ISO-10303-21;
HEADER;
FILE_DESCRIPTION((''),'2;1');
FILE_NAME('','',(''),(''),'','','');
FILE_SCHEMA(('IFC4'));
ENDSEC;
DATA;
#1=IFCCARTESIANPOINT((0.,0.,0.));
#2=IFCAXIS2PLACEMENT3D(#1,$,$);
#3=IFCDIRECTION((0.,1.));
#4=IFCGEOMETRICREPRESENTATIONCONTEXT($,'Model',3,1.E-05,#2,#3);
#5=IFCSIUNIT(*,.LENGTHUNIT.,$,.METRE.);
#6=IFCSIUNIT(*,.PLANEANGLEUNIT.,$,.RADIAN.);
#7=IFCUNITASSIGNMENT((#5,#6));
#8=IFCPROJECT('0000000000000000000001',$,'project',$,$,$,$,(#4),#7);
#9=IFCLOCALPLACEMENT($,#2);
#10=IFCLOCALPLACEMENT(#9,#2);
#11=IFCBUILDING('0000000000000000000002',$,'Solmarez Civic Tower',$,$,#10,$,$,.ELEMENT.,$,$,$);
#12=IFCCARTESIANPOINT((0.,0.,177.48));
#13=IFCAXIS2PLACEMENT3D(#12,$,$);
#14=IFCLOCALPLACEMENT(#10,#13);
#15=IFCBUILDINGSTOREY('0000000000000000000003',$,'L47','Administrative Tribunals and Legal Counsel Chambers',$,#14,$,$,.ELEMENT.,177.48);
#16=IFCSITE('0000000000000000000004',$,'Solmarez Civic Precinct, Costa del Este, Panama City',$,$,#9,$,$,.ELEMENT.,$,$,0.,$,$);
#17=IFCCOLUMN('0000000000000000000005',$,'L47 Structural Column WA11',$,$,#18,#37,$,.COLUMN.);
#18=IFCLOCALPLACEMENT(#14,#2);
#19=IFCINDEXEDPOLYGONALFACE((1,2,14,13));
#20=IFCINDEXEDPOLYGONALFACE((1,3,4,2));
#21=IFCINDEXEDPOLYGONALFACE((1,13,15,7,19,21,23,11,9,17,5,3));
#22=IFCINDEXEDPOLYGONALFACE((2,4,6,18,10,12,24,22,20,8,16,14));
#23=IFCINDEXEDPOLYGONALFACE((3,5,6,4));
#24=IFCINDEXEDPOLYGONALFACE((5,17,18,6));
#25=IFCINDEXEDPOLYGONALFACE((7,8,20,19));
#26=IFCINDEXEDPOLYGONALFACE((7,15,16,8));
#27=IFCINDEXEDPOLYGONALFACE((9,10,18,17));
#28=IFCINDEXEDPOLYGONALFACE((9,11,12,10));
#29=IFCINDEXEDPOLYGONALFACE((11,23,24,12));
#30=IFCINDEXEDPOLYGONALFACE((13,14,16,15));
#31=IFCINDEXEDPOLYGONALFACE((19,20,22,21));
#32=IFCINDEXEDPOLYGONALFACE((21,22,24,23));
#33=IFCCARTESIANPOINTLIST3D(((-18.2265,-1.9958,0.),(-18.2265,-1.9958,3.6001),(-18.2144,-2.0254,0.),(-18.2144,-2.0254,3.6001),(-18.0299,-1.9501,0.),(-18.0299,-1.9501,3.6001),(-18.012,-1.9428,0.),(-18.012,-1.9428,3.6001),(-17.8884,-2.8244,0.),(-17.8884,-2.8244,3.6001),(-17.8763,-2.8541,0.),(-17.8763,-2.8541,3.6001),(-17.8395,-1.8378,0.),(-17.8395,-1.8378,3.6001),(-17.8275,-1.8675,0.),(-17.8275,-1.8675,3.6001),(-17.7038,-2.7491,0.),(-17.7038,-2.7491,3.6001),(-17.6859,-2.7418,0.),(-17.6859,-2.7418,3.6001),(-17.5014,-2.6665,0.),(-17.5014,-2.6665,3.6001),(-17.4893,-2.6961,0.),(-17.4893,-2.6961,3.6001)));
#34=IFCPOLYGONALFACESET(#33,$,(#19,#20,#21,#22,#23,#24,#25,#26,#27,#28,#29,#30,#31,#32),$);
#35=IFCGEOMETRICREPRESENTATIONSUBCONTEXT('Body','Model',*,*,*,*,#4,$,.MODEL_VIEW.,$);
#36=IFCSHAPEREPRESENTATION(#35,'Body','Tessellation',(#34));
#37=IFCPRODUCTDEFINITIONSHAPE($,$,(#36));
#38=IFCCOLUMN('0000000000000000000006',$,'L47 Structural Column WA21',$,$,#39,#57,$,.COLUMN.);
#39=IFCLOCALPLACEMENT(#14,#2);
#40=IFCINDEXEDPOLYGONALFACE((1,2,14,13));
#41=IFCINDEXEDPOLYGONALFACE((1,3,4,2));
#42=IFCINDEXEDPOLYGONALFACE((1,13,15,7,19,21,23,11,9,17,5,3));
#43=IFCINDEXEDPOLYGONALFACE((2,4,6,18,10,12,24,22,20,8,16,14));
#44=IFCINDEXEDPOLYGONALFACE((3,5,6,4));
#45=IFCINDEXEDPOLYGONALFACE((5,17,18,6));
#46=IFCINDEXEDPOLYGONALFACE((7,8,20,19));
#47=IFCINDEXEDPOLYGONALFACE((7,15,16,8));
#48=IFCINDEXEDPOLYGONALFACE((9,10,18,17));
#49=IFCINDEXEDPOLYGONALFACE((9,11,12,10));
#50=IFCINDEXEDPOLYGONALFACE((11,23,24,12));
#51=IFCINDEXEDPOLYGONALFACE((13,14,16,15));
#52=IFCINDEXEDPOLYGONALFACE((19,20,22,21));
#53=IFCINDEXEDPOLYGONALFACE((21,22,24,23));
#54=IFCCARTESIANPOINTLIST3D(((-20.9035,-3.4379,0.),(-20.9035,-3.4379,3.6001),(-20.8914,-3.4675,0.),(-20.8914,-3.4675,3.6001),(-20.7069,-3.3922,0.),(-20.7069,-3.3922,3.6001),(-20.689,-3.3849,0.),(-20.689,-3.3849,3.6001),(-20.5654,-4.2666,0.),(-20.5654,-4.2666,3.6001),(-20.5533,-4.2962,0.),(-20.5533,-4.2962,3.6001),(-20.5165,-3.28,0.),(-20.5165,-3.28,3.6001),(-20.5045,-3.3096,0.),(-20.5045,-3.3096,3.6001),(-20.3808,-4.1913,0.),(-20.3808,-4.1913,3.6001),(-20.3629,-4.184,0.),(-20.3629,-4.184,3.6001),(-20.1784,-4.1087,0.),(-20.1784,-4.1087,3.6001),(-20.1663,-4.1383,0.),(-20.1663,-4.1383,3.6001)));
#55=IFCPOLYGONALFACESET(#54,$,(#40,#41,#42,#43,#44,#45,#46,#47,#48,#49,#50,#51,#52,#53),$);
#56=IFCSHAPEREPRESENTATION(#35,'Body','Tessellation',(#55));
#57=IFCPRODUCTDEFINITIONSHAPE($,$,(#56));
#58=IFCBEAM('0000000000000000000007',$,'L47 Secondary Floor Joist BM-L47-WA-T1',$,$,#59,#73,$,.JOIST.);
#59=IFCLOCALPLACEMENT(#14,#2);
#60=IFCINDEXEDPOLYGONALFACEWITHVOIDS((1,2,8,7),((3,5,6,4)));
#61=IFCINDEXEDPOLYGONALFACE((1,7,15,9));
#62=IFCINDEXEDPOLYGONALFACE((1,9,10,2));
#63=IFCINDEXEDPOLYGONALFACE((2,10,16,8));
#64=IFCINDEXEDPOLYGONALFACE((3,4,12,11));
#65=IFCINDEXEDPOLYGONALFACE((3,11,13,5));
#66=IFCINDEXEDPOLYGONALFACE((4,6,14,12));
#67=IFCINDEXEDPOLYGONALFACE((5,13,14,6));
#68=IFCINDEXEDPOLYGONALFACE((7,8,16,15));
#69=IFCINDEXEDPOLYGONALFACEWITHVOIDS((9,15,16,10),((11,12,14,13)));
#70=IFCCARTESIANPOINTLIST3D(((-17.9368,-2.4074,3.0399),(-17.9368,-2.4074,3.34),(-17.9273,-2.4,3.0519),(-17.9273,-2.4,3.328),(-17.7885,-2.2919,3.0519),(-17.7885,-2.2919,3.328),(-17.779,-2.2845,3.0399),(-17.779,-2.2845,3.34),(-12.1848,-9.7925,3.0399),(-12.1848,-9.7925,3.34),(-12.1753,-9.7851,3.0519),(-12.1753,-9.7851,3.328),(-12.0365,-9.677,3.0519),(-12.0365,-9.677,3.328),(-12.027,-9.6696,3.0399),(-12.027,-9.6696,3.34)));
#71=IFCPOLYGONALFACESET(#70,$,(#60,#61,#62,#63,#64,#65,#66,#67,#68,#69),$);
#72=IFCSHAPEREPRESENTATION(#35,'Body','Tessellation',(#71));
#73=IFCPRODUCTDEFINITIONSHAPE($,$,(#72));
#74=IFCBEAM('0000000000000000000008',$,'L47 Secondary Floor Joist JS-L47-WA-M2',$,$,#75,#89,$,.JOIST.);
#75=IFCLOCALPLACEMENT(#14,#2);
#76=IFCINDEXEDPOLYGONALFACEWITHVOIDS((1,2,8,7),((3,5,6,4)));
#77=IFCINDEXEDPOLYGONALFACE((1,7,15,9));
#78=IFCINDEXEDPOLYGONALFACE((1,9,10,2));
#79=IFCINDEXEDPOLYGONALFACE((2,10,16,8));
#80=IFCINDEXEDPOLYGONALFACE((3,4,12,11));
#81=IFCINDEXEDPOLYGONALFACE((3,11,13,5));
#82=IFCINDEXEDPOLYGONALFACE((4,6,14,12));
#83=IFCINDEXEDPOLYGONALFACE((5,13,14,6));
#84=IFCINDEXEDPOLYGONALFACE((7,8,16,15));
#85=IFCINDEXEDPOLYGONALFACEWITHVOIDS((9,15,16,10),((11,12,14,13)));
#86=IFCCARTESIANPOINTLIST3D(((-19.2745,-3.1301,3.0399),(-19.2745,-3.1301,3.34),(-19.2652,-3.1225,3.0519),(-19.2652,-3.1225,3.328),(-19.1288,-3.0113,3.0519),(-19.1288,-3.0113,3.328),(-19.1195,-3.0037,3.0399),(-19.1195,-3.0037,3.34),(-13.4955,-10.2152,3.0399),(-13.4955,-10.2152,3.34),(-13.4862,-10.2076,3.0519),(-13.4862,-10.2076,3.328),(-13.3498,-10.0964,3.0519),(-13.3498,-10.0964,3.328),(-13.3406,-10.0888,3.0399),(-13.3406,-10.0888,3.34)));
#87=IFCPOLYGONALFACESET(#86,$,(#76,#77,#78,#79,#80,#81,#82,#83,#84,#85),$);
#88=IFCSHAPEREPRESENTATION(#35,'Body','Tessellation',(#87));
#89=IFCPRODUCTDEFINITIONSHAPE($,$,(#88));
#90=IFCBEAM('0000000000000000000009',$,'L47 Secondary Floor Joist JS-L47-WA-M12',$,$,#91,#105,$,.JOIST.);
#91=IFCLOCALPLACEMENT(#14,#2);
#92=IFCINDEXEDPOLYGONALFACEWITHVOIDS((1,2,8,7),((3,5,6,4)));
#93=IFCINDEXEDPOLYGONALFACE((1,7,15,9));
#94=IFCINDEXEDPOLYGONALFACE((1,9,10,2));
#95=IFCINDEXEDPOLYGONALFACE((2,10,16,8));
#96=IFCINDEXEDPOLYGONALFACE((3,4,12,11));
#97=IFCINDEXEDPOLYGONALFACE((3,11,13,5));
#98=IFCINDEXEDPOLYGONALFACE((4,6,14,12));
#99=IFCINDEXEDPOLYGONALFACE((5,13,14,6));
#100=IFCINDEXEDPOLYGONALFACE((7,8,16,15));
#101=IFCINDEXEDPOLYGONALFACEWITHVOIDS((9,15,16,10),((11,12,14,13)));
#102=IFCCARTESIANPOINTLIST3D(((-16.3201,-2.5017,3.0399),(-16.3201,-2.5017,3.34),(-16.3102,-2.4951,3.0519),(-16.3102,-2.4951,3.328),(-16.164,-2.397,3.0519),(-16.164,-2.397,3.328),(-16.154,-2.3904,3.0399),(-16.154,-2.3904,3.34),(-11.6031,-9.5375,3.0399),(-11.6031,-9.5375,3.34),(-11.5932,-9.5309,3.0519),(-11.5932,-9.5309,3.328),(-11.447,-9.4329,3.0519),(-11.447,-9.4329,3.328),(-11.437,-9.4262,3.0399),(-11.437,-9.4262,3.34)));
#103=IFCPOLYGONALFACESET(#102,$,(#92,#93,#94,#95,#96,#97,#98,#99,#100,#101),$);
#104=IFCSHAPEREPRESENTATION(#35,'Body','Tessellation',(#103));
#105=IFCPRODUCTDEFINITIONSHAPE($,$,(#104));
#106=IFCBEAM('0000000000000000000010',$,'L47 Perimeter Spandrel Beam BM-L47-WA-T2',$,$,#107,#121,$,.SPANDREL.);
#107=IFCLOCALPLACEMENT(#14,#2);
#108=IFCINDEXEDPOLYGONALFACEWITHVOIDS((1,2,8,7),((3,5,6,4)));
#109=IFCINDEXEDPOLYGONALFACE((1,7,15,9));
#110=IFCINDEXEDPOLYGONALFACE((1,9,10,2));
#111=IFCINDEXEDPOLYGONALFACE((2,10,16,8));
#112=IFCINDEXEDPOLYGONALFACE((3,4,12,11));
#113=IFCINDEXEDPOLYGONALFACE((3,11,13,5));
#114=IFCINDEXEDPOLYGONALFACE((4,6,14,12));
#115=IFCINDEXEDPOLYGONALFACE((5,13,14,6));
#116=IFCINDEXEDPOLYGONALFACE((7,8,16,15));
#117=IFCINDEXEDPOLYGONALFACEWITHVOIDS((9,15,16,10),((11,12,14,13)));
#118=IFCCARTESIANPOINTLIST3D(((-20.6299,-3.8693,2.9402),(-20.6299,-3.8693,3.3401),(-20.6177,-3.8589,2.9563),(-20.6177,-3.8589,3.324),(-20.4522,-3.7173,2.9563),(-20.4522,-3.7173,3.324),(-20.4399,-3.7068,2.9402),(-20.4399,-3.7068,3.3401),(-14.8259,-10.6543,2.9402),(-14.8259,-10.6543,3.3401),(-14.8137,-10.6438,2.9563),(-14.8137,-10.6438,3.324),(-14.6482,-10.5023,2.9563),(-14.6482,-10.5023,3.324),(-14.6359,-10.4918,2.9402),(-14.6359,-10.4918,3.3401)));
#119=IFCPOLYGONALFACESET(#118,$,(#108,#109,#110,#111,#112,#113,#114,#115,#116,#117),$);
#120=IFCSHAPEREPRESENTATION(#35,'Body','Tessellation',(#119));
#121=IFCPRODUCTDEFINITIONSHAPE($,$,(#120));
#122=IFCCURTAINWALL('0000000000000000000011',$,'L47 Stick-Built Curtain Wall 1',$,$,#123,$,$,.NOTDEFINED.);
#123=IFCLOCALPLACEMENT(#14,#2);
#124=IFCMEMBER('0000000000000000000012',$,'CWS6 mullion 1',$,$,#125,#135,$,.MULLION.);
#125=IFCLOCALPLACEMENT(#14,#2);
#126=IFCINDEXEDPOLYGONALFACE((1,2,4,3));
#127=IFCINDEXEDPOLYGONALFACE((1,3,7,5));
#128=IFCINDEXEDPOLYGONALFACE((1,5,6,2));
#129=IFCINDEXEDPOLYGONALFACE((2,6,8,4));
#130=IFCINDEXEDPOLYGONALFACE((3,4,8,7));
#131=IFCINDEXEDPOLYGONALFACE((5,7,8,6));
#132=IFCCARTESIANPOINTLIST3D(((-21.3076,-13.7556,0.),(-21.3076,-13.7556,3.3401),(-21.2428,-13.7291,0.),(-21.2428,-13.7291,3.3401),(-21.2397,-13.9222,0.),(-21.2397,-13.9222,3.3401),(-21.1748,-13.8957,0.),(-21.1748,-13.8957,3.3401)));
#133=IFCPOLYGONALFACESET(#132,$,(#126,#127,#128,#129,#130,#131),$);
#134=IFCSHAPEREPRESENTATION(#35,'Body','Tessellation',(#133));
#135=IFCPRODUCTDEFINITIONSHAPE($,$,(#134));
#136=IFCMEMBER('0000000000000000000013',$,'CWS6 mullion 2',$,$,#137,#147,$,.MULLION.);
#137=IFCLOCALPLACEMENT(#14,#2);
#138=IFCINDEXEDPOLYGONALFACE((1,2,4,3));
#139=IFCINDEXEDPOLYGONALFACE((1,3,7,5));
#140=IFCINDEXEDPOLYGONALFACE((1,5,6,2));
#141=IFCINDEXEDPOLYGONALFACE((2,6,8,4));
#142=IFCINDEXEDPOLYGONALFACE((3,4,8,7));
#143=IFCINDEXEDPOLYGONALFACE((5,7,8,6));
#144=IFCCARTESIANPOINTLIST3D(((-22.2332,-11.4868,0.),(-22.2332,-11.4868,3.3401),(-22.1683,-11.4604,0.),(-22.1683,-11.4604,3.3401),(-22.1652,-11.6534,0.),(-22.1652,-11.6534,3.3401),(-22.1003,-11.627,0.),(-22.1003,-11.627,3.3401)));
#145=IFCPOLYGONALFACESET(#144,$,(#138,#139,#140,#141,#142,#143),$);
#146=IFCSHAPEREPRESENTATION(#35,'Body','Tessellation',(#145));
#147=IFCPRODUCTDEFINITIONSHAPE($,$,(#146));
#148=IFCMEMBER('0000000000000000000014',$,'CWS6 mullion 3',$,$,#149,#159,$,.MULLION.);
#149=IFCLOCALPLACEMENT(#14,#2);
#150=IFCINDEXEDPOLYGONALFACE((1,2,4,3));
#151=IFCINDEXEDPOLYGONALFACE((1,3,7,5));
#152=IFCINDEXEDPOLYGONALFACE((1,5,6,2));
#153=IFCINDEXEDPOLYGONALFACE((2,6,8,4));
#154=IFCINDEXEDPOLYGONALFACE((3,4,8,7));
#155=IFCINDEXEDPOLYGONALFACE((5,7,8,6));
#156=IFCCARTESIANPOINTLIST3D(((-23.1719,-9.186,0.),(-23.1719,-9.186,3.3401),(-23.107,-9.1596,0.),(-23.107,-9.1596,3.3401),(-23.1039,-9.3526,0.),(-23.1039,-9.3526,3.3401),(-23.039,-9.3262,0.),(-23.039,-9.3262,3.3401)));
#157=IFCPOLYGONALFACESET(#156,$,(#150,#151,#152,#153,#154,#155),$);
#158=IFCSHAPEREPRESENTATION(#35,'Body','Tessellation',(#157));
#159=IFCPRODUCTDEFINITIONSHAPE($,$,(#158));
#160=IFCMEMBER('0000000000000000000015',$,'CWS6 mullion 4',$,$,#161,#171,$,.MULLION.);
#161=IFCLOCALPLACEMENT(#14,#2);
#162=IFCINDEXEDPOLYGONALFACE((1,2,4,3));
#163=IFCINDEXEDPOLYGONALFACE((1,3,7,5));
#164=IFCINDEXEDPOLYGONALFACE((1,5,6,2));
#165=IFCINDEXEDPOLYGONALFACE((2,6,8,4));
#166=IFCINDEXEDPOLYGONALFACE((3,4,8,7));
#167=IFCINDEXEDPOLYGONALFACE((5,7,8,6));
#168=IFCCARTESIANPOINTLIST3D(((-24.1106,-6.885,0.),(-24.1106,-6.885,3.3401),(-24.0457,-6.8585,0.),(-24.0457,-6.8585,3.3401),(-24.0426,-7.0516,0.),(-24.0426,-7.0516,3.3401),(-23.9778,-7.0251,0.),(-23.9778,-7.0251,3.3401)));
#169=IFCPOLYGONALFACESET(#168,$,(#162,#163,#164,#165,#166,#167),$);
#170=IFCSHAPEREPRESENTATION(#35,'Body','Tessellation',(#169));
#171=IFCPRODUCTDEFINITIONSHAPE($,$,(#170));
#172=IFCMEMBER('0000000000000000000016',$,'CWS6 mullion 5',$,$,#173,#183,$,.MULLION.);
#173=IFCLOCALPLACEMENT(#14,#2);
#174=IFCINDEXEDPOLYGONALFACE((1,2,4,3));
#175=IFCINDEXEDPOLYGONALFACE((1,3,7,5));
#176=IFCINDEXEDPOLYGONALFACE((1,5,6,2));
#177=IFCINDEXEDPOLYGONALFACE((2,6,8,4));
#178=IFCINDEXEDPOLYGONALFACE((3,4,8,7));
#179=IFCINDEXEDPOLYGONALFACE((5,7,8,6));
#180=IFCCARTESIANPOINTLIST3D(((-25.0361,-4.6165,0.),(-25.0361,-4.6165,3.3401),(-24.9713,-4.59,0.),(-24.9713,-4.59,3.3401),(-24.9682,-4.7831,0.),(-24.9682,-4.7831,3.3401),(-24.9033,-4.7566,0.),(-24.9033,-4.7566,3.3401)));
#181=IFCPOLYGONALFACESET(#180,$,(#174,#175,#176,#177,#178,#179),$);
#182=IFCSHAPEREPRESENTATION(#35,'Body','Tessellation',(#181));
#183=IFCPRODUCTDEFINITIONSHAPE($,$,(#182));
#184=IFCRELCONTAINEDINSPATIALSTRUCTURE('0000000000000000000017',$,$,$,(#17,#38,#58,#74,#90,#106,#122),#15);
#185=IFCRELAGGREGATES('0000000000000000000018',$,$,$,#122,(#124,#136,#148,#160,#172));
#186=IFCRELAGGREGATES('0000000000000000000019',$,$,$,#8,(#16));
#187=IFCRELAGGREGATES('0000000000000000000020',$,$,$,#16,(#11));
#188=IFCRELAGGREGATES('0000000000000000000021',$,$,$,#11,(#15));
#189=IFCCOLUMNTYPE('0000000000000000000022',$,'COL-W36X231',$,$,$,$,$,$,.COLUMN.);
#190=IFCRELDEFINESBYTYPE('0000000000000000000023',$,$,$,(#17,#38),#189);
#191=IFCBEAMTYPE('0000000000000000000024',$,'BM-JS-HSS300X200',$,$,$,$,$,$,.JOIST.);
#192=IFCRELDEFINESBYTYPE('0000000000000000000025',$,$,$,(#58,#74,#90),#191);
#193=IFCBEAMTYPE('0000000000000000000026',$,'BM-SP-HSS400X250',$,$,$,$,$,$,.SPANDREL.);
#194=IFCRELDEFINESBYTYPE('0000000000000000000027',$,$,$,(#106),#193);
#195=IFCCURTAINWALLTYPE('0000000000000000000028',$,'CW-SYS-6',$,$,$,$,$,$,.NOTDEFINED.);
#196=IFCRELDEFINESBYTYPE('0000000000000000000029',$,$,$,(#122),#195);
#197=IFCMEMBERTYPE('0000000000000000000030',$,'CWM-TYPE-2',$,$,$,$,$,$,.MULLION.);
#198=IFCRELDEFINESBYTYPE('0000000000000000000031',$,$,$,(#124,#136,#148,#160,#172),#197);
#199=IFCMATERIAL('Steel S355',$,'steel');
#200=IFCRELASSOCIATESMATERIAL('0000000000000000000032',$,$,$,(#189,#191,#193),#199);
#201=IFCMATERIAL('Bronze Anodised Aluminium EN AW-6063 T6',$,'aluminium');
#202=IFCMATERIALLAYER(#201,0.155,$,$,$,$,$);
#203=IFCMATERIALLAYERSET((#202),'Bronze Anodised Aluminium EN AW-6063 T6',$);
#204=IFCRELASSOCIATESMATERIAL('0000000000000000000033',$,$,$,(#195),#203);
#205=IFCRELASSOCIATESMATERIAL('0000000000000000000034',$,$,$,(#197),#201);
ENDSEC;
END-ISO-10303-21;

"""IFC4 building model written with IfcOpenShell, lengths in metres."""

from ifc_helpers import new_model, si_unit, direction, frame, origin, origin_2d, place, context, subcontext, project, spatial, rectangle, hollow_rectangle, i_section, extrude, material, layer, layer_set, material_profile, profile_set, type_object, element, aggregate, save


model = new_model("IFC4")

# Units and contexts
model_context = context("Model", 3, precision=1e-05, world=origin(), true_north=direction((0.0, 1.0)))
body_context = subcontext(model_context, "Body", "Model", "MODEL_VIEW")
ifc_project = project(units=[si_unit("LENGTHUNIT", "METRE"), si_unit("PLANEANGLEUNIT", "RADIAN")], contexts=[model_context])

# Site, building, storey
site_placement = place(None, origin())
site = spatial("IfcSite", under=ifc_project, at=site_placement, Name="Solmarez Civic Precinct, Costa del Este, Panama City", CompositionType="ELEMENT", RefElevation=0.0)
building_placement = place(site_placement, origin())
building = spatial("IfcBuilding", under=site, at=building_placement, Name="Solmarez Civic Tower", CompositionType="ELEMENT")
storey_placement = place(building_placement, frame((0.0, 0.0, 177.48)))
storey = spatial("IfcBuildingStorey", under=building, at=storey_placement, Name="L47", Description="Administrative Tribunals and Legal Counsel Chambers", CompositionType="ELEMENT", Elevation=177.48)

# Columns
ifc_material_1 = material(Name="Steel S355", Category="steel")
ifc_material_profile_1 = material_profile(ifc_material_1, i_section(OverallWidth=0.418, OverallDepth=0.927, WebThickness=0.0193, FlangeThickness=0.032, at=origin_2d()), Name="W36X231")
ifc_profile_set_1 = profile_set([ifc_material_profile_1], Name="Steel S355")
column_type = type_object("IfcColumnType", Name="COL-W36X231", PredefinedType="COLUMN", material=ifc_profile_set_1)
for number, where, z_axis, x_axis, name in (
    (1, (-17.8579, -2.3459, 0.0), (0.0, 0.0, 1.0), (0.925871, 0.377841, 0.0), "L47 Structural Column WA11"),
    (2, (-20.5349, -3.7881, 0.0), (0.0, 0.0, 1.0), (0.925871, 0.377841, 0.0), "L47 Structural Column WA21"),
):
    element("IfcColumn", number, at=place(storey_placement, frame(where, z_axis=z_axis, x_axis=x_axis)), inside=storey, type_object=column_type, Name=name, PredefinedType="COLUMN", context=body_context, shape_type="SweptSolid", body=[
        extrude(i_section(OverallWidth=0.418, OverallDepth=0.927, WebThickness=0.0193, FlangeThickness=0.032, at=origin_2d()), origin(), (0.0, 0.0, 1.0), 3.6001),
    ])

# Beams
ifc_material_profile_2 = material_profile(ifc_material_1, hollow_rectangle(XDim=0.2, YDim=0.3, WallThickness=0.012, at=origin_2d()), Name="HSS300X200X12")
ifc_profile_set_2 = profile_set([ifc_material_profile_2], Name="Steel S355")
beam_type_1 = type_object("IfcBeamType", Name="BM-JS-HSS300X200", PredefinedType="JOIST", material=ifc_profile_set_2)
beam_1_placement = place(storey_placement, frame((-17.8579, -2.3459, 3.1899), z_axis=(0.614477, -0.788935, 0.0), x_axis=(0.788935, 0.614477, 0.0)))
element("IfcBeam", 3, at=beam_1_placement, inside=storey, type_object=beam_type_1, Name="L47 Secondary Floor Joist BM-L47-WA-T1", PredefinedType="JOIST", context=body_context, shape_type="SweptSolid", body=[
    extrude(hollow_rectangle(XDim=0.2, YDim=0.3, WallThickness=0.012, at=origin_2d()), origin(), (0.0, 0.0, 1.0), 9.3608),
])
beam_2_placement = place(storey_placement, frame((-19.197, -3.0669, 3.1899), z_axis=(0.632062, -0.774918, 0.0), x_axis=(0.774918, 0.632062, 0.0)))
element("IfcBeam", 4, at=beam_2_placement, inside=storey, type_object=beam_type_1, Name="L47 Secondary Floor Joist JS-L47-WA-M2", PredefinedType="JOIST", context=body_context, shape_type="SweptSolid", body=[
    extrude(hollow_rectangle(XDim=0.2, YDim=0.3, WallThickness=0.012, at=origin_2d()), origin(), (0.0, 0.0, 1.0), 9.1431),
])
beam_3_placement = place(storey_placement, frame((-16.2371, -2.446, 3.1899), z_axis=(0.55686, -0.830606, 0.0), x_axis=(0.830606, 0.55686, 0.0)))
element("IfcBeam", 5, at=beam_3_placement, inside=storey, type_object=beam_type_1, Name="L47 Secondary Floor Joist JS-L47-WA-M12", PredefinedType="JOIST", context=body_context, shape_type="SweptSolid", body=[
    extrude(hollow_rectangle(XDim=0.2, YDim=0.3, WallThickness=0.012, at=origin_2d()), origin(), (0.0, 0.0, 1.0), 8.4707),
])
ifc_material_profile_3 = material_profile(ifc_material_1, hollow_rectangle(XDim=0.25, YDim=0.3999, WallThickness=0.0161, at=origin_2d()), Name="HSS400X250X16")
ifc_profile_set_3 = profile_set([ifc_material_profile_3], Name="Steel S355")
beam_type_2 = type_object("IfcBeamType", Name="BM-SP-HSS400X250", PredefinedType="SPANDREL", material=ifc_profile_set_3)
beam_4_placement = place(storey_placement, frame((-20.5349, -3.7881, 3.1401), z_axis=(0.650037, -0.759903, 0.0), x_axis=(0.759903, 0.650037, 0.0)))
element("IfcBeam", 6, at=beam_4_placement, inside=storey, type_object=beam_type_2, Name="L47 Perimeter Spandrel Beam BM-L47-WA-T2", PredefinedType="SPANDREL", context=body_context, shape_type="SweptSolid", body=[
    extrude(hollow_rectangle(XDim=0.25, YDim=0.3999, WallThickness=0.0161, at=origin_2d()), origin(), (0.0, 0.0, 1.0), 8.9287),
])

# Curtain wall, members
ifc_material_2 = material(Name="Bronze Anodised Aluminium EN AW-6063 T6", Category="aluminium")
ifc_layer_1 = layer(ifc_material_2, 0.155)
ifc_layer_set_1 = layer_set([ifc_layer_1], Name="Bronze Anodised Aluminium EN AW-6063 T6")
curtain_wall_type = type_object("IfcCurtainWallType", Name="CW-SYS-6", PredefinedType="NOTDEFINED", material=ifc_layer_set_1)
curtain_wall_placement = place(storey_placement, origin())
curtain_wall = element("IfcCurtainWall", 7, at=curtain_wall_placement, inside=storey, type_object=curtain_wall_type, Name="L47 Stick-Built Curtain Wall 1", PredefinedType="NOTDEFINED")
ifc_material_profile_4 = material_profile(ifc_material_2, rectangle(XDim=0.0701, YDim=0.1799, at=origin_2d()), Name="CWM-70X180")
ifc_profile_set_4 = profile_set([ifc_material_profile_4], Name="Bronze Anodised Aluminium EN AW-6063 T6")
member_type_1 = type_object("IfcMemberType", Name="CWM-TYPE-2", PredefinedType="MULLION", material=ifc_profile_set_4)
member_1_placement = place(storey_placement, frame((-21.2412, -13.8257, 0.0), z_axis=(0.0, 0.0, 1.0), x_axis=(-0.925909, -0.377747, 0.0)))
member_1 = element("IfcMember", 8, at=member_1_placement, type_object=member_type_1, Name="CWS6 mullion 1", PredefinedType="MULLION", context=body_context, shape_type="SweptSolid", body=[
    extrude(rectangle(XDim=0.0701, YDim=0.1799, at=origin_2d()), origin(), (0.0, 0.0, 1.0), 3.3401),
])
member_2_placement = place(storey_placement, frame((-22.1667, -11.5569, 0.0), z_axis=(0.0, 0.0, 1.0), x_axis=(-0.925909, -0.377747, 0.0)))
member_2 = element("IfcMember", 9, at=member_2_placement, type_object=member_type_1, Name="CWS6 mullion 2", PredefinedType="MULLION", context=body_context, shape_type="SweptSolid", body=[
    extrude(rectangle(XDim=0.0701, YDim=0.1799, at=origin_2d()), origin(), (0.0, 0.0, 1.0), 3.3401),
])
member_3_placement = place(storey_placement, frame((-23.1055, -9.2561, 0.0), z_axis=(0.0, 0.0, 1.0), x_axis=(-0.925909, -0.377747, 0.0)))
member_3 = element("IfcMember", 10, at=member_3_placement, type_object=member_type_1, Name="CWS6 mullion 3", PredefinedType="MULLION", context=body_context, shape_type="SweptSolid", body=[
    extrude(rectangle(XDim=0.0701, YDim=0.1799, at=origin_2d()), origin(), (0.0, 0.0, 1.0), 3.3401),
])
member_4_placement = place(storey_placement, frame((-24.0442, -6.9551, 0.0), z_axis=(0.0, 0.0, 1.0), x_axis=(-0.925909, -0.377747, 0.0)))
member_4 = element("IfcMember", 11, at=member_4_placement, type_object=member_type_1, Name="CWS6 mullion 4", PredefinedType="MULLION", context=body_context, shape_type="SweptSolid", body=[
    extrude(rectangle(XDim=0.0701, YDim=0.1799, at=origin_2d()), origin(), (0.0, 0.0, 1.0), 3.3401),
])
member_5_placement = place(storey_placement, frame((-24.9697, -4.6865, 0.0), z_axis=(0.0, 0.0, 1.0), x_axis=(-0.925909, -0.377747, 0.0)))
member_5 = element("IfcMember", 12, at=member_5_placement, type_object=member_type_1, Name="CWS6 mullion 5", PredefinedType="MULLION", context=body_context, shape_type="SweptSolid", body=[
    extrude(rectangle(XDim=0.0701, YDim=0.1799, at=origin_2d()), origin(), (0.0, 0.0, 1.0), 3.3401),
])
aggregate(curtain_wall, [member_1, member_2, member_3, member_4, member_5])

save(model, "model.ifc")
